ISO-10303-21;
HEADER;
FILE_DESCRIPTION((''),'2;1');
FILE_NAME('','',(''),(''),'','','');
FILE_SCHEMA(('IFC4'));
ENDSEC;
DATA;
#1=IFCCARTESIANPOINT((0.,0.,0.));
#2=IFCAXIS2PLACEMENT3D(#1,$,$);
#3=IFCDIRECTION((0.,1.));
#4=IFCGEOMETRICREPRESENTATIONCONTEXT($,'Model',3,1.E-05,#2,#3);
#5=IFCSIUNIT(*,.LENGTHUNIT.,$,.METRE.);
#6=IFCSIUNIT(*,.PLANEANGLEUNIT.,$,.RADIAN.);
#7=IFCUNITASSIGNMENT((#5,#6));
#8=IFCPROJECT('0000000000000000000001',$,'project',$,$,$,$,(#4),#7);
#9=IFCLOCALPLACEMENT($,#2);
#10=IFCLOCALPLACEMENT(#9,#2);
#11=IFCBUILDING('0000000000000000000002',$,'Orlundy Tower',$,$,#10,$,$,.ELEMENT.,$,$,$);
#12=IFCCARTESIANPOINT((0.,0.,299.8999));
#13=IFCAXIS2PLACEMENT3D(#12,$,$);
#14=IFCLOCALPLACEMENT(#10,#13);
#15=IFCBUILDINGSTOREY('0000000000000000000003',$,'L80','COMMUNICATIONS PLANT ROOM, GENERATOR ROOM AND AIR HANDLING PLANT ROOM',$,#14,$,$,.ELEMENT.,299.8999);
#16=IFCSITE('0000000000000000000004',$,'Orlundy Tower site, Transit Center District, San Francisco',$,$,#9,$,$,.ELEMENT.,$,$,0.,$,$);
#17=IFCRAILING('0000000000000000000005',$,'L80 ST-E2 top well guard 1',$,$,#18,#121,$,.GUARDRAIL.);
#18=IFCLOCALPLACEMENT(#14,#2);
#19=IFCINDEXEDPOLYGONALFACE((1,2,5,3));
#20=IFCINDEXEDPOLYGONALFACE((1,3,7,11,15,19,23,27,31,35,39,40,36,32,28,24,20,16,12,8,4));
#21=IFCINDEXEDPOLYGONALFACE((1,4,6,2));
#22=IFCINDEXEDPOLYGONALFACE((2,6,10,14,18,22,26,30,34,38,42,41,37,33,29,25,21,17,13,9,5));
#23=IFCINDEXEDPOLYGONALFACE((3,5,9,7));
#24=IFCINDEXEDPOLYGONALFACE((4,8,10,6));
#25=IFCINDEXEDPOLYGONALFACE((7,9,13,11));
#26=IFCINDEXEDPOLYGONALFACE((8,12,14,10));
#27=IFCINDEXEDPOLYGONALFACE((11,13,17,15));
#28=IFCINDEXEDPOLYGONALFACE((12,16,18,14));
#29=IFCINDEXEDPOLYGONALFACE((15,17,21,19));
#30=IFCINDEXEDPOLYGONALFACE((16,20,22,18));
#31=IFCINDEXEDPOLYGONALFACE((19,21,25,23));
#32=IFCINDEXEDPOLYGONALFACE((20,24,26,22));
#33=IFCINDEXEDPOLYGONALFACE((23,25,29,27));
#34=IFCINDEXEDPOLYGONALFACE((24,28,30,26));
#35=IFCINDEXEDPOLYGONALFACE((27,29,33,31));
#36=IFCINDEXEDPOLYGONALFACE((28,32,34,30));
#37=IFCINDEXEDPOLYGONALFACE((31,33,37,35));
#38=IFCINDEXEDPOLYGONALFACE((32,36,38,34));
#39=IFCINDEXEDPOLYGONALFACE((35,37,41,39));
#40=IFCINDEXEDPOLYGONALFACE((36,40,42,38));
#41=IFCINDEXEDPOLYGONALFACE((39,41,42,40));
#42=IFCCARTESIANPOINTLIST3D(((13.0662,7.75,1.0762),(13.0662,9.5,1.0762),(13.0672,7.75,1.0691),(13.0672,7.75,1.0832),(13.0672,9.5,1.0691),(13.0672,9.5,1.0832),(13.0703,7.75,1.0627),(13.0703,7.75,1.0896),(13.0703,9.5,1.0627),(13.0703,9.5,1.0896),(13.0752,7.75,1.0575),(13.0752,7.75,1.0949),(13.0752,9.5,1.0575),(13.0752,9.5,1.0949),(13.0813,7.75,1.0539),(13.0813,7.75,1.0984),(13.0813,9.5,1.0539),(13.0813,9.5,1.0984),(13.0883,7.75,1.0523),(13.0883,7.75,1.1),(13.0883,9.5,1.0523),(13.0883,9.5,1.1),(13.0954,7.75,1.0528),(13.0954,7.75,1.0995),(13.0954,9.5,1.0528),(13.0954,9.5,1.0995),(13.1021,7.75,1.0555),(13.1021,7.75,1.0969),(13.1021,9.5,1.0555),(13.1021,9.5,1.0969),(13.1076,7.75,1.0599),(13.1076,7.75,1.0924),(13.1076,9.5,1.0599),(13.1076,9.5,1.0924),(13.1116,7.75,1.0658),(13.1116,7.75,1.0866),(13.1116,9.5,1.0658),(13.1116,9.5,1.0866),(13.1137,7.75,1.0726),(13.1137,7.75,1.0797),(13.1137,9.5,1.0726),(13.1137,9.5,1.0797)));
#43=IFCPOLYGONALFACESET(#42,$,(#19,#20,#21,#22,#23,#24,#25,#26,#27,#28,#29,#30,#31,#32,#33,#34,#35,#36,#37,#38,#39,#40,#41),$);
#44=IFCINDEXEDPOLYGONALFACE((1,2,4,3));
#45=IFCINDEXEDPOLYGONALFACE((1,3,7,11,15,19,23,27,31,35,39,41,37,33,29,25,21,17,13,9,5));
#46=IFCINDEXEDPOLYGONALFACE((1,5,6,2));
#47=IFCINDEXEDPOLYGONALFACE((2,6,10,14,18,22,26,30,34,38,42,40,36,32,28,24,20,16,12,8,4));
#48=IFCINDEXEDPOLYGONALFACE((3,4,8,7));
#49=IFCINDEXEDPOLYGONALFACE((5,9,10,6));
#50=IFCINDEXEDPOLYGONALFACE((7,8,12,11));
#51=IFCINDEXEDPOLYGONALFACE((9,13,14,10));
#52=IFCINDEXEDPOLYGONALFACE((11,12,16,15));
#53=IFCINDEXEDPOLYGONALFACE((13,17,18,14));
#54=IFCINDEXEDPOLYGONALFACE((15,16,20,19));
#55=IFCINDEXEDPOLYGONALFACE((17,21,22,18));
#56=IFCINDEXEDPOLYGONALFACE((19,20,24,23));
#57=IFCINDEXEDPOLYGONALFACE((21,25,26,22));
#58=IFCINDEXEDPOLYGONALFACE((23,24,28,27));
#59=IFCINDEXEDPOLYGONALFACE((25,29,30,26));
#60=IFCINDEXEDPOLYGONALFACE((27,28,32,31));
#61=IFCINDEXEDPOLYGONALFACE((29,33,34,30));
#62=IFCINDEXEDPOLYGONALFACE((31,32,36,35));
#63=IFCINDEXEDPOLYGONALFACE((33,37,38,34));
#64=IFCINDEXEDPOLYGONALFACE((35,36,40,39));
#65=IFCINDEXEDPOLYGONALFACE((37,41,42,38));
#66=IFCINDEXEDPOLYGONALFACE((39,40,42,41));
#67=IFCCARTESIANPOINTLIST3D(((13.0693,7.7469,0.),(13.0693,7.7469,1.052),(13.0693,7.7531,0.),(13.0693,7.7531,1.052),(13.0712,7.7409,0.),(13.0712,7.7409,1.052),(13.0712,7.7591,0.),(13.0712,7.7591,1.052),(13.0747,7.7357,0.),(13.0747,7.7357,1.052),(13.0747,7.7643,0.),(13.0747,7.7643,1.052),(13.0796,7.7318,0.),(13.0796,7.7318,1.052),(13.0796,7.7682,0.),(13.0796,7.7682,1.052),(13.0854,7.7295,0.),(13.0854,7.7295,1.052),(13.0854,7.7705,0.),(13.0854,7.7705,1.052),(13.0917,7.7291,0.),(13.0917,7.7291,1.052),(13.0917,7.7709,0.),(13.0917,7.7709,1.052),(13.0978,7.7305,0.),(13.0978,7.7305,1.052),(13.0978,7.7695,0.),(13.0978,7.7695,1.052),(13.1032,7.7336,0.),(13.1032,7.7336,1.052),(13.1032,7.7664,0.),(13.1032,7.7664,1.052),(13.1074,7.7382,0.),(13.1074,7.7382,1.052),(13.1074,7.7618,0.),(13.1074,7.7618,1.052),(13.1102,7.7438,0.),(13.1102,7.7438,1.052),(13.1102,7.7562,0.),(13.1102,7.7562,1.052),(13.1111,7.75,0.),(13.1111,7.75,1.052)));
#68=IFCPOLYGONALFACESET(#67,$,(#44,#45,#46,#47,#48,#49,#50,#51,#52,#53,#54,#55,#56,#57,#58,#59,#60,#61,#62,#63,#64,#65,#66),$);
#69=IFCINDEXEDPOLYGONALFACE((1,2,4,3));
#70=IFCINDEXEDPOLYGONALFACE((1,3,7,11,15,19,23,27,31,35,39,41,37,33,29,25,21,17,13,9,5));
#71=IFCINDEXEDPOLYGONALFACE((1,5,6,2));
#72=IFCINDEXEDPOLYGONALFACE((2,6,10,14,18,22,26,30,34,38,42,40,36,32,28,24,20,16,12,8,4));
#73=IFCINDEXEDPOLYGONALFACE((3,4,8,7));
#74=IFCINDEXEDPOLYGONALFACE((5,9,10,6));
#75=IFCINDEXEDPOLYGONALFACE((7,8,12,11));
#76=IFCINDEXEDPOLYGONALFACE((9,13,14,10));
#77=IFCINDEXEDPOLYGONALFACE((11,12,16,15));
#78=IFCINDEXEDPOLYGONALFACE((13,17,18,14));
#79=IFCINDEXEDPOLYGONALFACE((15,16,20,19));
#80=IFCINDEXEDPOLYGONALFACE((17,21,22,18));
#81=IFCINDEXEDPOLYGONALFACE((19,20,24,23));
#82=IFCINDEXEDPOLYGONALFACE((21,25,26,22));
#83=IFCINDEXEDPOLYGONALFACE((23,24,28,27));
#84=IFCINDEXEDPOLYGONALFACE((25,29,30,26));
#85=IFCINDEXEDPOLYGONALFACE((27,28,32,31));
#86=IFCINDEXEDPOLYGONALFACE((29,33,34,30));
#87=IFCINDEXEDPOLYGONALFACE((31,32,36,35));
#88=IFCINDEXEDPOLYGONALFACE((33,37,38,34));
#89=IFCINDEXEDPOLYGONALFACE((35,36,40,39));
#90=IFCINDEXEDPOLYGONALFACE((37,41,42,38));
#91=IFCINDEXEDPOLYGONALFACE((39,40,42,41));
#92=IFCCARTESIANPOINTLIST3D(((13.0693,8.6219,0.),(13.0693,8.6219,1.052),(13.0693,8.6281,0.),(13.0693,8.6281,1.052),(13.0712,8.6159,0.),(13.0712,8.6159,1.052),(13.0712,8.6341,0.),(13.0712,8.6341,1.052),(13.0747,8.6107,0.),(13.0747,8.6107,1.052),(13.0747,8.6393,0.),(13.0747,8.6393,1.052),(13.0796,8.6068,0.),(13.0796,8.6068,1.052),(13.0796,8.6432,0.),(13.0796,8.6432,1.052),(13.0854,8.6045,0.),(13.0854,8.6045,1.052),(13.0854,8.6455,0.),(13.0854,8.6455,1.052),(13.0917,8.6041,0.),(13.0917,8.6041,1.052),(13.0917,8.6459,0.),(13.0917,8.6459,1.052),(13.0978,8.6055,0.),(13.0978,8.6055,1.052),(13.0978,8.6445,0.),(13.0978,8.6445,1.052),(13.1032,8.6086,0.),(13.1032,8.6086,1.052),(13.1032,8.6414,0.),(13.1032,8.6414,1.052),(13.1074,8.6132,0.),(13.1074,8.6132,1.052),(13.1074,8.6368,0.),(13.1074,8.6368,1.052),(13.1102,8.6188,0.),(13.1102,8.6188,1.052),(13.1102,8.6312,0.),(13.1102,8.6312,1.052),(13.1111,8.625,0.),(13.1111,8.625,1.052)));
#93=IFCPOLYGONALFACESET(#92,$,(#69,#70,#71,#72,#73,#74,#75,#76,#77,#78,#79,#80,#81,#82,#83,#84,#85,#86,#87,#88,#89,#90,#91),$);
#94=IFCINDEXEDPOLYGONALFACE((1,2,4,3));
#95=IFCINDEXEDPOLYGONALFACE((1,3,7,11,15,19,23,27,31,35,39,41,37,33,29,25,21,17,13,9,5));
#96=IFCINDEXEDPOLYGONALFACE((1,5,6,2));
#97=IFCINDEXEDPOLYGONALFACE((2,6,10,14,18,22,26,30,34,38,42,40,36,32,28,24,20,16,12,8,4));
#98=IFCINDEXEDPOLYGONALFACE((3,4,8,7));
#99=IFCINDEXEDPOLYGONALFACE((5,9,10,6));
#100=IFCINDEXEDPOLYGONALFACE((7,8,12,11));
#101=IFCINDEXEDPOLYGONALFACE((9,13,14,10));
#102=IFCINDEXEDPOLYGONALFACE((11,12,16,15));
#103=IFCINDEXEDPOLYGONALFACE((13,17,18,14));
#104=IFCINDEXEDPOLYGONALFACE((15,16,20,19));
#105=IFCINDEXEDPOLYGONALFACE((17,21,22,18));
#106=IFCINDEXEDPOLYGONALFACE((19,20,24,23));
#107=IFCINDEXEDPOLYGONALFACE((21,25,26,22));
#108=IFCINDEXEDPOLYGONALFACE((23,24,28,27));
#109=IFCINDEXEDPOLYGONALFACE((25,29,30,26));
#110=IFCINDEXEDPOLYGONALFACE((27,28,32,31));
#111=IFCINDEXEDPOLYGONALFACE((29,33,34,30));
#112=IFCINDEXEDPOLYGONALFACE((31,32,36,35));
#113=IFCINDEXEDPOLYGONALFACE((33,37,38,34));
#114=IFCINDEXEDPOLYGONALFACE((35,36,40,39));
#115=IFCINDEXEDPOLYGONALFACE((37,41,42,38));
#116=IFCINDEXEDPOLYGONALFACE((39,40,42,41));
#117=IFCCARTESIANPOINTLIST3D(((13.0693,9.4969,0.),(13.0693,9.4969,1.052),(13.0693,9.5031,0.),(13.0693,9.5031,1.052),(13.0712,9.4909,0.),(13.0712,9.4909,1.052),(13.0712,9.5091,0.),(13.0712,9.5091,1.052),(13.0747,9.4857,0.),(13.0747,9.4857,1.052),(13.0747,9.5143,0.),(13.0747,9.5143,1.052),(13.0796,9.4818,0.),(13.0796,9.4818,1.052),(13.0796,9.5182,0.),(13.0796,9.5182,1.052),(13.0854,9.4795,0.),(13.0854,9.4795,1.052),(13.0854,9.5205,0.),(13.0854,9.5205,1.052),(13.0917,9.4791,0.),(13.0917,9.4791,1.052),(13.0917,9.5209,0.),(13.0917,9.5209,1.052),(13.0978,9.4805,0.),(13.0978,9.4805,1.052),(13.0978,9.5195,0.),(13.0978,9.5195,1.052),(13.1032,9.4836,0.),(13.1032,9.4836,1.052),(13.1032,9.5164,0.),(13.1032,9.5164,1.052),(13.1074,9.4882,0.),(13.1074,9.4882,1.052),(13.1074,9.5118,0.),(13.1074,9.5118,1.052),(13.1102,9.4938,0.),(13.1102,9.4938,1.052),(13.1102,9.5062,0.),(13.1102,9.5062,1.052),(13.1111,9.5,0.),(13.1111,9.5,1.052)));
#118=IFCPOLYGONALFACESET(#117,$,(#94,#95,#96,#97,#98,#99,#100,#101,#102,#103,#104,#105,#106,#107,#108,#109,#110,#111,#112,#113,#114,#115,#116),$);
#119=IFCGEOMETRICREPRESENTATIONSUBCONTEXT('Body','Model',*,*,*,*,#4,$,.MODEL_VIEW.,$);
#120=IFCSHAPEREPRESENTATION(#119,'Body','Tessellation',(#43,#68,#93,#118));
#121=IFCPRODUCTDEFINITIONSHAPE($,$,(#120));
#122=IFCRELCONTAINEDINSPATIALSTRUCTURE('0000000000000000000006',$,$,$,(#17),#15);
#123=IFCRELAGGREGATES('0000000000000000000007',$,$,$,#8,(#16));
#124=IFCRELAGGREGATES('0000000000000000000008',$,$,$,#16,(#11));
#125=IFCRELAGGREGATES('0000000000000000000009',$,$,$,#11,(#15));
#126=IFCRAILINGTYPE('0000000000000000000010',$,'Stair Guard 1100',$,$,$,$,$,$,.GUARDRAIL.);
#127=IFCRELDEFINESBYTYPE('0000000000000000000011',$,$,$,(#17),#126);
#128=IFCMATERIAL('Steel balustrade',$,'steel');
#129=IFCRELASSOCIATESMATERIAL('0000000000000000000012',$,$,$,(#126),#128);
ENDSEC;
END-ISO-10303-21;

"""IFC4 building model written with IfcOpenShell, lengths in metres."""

from ifc_helpers import new_model, si_unit, direction, frame, origin, origin_2d, place, context, subcontext, project, spatial, circle, extrude, material, type_object, element, save


model = new_model("IFC4")

# Units and contexts
model_context = context("Model", 3, precision=1e-05, world=origin(), true_north=direction((0.0, 1.0)))
body_context = subcontext(model_context, "Body", "Model", "MODEL_VIEW")
ifc_project = project(units=[si_unit("LENGTHUNIT", "METRE"), si_unit("PLANEANGLEUNIT", "RADIAN")], contexts=[model_context])

# Site, building, storey
site_placement = place(None, origin())
site = spatial("IfcSite", under=ifc_project, at=site_placement, Name="Orlundy Tower site, Transit Center District, San Francisco", CompositionType="ELEMENT", RefElevation=0.0)
building_placement = place(site_placement, origin())
building = spatial("IfcBuilding", under=site, at=building_placement, Name="Orlundy Tower", CompositionType="ELEMENT")
storey_placement = place(building_placement, frame((0.0, 0.0, 299.8999)))
storey = spatial("IfcBuildingStorey", under=building, at=storey_placement, Name="L80", Description="COMMUNICATIONS PLANT ROOM, GENERATOR ROOM AND AIR HANDLING PLANT ROOM", CompositionType="ELEMENT", Elevation=299.8999)

# Railing
ifc_material_1 = material(Name="Steel balustrade", Category="steel")
railing_type = type_object("IfcRailingType", Name="Stair Guard 1100", PredefinedType="GUARDRAIL", material=ifc_material_1)
railing_placement = place(storey_placement, frame((13.0901, 7.75, 0.0)))
element("IfcRailing", 1, at=railing_placement, inside=storey, type_object=railing_type, Name="L80 ST-E2 top well guard 1", PredefinedType="GUARDRAIL", context=body_context, shape_type="SweptSolid", body=[
    extrude(circle(Radius=0.0239, at=origin_2d()), frame((0.0, 0.0, 1.0762), z_axis=(0.0, 1.0, 0.0), x_axis=(-1.0, 0.0, 0.0)), (0.0, 0.0, 1.0), 1.75),
    extrude(circle(Radius=0.021, at=origin_2d()), origin(), (0.0, 0.0, 1.0), 1.052),
    extrude(circle(Radius=0.021, at=origin_2d()), frame((0.0, 0.875, 0.0)), (0.0, 0.0, 1.0), 1.052),
    extrude(circle(Radius=0.021, at=origin_2d()), frame((0.0, 1.75, 0.0)), (0.0, 0.0, 1.0), 1.052),
])

save(model, "model.ifc")
